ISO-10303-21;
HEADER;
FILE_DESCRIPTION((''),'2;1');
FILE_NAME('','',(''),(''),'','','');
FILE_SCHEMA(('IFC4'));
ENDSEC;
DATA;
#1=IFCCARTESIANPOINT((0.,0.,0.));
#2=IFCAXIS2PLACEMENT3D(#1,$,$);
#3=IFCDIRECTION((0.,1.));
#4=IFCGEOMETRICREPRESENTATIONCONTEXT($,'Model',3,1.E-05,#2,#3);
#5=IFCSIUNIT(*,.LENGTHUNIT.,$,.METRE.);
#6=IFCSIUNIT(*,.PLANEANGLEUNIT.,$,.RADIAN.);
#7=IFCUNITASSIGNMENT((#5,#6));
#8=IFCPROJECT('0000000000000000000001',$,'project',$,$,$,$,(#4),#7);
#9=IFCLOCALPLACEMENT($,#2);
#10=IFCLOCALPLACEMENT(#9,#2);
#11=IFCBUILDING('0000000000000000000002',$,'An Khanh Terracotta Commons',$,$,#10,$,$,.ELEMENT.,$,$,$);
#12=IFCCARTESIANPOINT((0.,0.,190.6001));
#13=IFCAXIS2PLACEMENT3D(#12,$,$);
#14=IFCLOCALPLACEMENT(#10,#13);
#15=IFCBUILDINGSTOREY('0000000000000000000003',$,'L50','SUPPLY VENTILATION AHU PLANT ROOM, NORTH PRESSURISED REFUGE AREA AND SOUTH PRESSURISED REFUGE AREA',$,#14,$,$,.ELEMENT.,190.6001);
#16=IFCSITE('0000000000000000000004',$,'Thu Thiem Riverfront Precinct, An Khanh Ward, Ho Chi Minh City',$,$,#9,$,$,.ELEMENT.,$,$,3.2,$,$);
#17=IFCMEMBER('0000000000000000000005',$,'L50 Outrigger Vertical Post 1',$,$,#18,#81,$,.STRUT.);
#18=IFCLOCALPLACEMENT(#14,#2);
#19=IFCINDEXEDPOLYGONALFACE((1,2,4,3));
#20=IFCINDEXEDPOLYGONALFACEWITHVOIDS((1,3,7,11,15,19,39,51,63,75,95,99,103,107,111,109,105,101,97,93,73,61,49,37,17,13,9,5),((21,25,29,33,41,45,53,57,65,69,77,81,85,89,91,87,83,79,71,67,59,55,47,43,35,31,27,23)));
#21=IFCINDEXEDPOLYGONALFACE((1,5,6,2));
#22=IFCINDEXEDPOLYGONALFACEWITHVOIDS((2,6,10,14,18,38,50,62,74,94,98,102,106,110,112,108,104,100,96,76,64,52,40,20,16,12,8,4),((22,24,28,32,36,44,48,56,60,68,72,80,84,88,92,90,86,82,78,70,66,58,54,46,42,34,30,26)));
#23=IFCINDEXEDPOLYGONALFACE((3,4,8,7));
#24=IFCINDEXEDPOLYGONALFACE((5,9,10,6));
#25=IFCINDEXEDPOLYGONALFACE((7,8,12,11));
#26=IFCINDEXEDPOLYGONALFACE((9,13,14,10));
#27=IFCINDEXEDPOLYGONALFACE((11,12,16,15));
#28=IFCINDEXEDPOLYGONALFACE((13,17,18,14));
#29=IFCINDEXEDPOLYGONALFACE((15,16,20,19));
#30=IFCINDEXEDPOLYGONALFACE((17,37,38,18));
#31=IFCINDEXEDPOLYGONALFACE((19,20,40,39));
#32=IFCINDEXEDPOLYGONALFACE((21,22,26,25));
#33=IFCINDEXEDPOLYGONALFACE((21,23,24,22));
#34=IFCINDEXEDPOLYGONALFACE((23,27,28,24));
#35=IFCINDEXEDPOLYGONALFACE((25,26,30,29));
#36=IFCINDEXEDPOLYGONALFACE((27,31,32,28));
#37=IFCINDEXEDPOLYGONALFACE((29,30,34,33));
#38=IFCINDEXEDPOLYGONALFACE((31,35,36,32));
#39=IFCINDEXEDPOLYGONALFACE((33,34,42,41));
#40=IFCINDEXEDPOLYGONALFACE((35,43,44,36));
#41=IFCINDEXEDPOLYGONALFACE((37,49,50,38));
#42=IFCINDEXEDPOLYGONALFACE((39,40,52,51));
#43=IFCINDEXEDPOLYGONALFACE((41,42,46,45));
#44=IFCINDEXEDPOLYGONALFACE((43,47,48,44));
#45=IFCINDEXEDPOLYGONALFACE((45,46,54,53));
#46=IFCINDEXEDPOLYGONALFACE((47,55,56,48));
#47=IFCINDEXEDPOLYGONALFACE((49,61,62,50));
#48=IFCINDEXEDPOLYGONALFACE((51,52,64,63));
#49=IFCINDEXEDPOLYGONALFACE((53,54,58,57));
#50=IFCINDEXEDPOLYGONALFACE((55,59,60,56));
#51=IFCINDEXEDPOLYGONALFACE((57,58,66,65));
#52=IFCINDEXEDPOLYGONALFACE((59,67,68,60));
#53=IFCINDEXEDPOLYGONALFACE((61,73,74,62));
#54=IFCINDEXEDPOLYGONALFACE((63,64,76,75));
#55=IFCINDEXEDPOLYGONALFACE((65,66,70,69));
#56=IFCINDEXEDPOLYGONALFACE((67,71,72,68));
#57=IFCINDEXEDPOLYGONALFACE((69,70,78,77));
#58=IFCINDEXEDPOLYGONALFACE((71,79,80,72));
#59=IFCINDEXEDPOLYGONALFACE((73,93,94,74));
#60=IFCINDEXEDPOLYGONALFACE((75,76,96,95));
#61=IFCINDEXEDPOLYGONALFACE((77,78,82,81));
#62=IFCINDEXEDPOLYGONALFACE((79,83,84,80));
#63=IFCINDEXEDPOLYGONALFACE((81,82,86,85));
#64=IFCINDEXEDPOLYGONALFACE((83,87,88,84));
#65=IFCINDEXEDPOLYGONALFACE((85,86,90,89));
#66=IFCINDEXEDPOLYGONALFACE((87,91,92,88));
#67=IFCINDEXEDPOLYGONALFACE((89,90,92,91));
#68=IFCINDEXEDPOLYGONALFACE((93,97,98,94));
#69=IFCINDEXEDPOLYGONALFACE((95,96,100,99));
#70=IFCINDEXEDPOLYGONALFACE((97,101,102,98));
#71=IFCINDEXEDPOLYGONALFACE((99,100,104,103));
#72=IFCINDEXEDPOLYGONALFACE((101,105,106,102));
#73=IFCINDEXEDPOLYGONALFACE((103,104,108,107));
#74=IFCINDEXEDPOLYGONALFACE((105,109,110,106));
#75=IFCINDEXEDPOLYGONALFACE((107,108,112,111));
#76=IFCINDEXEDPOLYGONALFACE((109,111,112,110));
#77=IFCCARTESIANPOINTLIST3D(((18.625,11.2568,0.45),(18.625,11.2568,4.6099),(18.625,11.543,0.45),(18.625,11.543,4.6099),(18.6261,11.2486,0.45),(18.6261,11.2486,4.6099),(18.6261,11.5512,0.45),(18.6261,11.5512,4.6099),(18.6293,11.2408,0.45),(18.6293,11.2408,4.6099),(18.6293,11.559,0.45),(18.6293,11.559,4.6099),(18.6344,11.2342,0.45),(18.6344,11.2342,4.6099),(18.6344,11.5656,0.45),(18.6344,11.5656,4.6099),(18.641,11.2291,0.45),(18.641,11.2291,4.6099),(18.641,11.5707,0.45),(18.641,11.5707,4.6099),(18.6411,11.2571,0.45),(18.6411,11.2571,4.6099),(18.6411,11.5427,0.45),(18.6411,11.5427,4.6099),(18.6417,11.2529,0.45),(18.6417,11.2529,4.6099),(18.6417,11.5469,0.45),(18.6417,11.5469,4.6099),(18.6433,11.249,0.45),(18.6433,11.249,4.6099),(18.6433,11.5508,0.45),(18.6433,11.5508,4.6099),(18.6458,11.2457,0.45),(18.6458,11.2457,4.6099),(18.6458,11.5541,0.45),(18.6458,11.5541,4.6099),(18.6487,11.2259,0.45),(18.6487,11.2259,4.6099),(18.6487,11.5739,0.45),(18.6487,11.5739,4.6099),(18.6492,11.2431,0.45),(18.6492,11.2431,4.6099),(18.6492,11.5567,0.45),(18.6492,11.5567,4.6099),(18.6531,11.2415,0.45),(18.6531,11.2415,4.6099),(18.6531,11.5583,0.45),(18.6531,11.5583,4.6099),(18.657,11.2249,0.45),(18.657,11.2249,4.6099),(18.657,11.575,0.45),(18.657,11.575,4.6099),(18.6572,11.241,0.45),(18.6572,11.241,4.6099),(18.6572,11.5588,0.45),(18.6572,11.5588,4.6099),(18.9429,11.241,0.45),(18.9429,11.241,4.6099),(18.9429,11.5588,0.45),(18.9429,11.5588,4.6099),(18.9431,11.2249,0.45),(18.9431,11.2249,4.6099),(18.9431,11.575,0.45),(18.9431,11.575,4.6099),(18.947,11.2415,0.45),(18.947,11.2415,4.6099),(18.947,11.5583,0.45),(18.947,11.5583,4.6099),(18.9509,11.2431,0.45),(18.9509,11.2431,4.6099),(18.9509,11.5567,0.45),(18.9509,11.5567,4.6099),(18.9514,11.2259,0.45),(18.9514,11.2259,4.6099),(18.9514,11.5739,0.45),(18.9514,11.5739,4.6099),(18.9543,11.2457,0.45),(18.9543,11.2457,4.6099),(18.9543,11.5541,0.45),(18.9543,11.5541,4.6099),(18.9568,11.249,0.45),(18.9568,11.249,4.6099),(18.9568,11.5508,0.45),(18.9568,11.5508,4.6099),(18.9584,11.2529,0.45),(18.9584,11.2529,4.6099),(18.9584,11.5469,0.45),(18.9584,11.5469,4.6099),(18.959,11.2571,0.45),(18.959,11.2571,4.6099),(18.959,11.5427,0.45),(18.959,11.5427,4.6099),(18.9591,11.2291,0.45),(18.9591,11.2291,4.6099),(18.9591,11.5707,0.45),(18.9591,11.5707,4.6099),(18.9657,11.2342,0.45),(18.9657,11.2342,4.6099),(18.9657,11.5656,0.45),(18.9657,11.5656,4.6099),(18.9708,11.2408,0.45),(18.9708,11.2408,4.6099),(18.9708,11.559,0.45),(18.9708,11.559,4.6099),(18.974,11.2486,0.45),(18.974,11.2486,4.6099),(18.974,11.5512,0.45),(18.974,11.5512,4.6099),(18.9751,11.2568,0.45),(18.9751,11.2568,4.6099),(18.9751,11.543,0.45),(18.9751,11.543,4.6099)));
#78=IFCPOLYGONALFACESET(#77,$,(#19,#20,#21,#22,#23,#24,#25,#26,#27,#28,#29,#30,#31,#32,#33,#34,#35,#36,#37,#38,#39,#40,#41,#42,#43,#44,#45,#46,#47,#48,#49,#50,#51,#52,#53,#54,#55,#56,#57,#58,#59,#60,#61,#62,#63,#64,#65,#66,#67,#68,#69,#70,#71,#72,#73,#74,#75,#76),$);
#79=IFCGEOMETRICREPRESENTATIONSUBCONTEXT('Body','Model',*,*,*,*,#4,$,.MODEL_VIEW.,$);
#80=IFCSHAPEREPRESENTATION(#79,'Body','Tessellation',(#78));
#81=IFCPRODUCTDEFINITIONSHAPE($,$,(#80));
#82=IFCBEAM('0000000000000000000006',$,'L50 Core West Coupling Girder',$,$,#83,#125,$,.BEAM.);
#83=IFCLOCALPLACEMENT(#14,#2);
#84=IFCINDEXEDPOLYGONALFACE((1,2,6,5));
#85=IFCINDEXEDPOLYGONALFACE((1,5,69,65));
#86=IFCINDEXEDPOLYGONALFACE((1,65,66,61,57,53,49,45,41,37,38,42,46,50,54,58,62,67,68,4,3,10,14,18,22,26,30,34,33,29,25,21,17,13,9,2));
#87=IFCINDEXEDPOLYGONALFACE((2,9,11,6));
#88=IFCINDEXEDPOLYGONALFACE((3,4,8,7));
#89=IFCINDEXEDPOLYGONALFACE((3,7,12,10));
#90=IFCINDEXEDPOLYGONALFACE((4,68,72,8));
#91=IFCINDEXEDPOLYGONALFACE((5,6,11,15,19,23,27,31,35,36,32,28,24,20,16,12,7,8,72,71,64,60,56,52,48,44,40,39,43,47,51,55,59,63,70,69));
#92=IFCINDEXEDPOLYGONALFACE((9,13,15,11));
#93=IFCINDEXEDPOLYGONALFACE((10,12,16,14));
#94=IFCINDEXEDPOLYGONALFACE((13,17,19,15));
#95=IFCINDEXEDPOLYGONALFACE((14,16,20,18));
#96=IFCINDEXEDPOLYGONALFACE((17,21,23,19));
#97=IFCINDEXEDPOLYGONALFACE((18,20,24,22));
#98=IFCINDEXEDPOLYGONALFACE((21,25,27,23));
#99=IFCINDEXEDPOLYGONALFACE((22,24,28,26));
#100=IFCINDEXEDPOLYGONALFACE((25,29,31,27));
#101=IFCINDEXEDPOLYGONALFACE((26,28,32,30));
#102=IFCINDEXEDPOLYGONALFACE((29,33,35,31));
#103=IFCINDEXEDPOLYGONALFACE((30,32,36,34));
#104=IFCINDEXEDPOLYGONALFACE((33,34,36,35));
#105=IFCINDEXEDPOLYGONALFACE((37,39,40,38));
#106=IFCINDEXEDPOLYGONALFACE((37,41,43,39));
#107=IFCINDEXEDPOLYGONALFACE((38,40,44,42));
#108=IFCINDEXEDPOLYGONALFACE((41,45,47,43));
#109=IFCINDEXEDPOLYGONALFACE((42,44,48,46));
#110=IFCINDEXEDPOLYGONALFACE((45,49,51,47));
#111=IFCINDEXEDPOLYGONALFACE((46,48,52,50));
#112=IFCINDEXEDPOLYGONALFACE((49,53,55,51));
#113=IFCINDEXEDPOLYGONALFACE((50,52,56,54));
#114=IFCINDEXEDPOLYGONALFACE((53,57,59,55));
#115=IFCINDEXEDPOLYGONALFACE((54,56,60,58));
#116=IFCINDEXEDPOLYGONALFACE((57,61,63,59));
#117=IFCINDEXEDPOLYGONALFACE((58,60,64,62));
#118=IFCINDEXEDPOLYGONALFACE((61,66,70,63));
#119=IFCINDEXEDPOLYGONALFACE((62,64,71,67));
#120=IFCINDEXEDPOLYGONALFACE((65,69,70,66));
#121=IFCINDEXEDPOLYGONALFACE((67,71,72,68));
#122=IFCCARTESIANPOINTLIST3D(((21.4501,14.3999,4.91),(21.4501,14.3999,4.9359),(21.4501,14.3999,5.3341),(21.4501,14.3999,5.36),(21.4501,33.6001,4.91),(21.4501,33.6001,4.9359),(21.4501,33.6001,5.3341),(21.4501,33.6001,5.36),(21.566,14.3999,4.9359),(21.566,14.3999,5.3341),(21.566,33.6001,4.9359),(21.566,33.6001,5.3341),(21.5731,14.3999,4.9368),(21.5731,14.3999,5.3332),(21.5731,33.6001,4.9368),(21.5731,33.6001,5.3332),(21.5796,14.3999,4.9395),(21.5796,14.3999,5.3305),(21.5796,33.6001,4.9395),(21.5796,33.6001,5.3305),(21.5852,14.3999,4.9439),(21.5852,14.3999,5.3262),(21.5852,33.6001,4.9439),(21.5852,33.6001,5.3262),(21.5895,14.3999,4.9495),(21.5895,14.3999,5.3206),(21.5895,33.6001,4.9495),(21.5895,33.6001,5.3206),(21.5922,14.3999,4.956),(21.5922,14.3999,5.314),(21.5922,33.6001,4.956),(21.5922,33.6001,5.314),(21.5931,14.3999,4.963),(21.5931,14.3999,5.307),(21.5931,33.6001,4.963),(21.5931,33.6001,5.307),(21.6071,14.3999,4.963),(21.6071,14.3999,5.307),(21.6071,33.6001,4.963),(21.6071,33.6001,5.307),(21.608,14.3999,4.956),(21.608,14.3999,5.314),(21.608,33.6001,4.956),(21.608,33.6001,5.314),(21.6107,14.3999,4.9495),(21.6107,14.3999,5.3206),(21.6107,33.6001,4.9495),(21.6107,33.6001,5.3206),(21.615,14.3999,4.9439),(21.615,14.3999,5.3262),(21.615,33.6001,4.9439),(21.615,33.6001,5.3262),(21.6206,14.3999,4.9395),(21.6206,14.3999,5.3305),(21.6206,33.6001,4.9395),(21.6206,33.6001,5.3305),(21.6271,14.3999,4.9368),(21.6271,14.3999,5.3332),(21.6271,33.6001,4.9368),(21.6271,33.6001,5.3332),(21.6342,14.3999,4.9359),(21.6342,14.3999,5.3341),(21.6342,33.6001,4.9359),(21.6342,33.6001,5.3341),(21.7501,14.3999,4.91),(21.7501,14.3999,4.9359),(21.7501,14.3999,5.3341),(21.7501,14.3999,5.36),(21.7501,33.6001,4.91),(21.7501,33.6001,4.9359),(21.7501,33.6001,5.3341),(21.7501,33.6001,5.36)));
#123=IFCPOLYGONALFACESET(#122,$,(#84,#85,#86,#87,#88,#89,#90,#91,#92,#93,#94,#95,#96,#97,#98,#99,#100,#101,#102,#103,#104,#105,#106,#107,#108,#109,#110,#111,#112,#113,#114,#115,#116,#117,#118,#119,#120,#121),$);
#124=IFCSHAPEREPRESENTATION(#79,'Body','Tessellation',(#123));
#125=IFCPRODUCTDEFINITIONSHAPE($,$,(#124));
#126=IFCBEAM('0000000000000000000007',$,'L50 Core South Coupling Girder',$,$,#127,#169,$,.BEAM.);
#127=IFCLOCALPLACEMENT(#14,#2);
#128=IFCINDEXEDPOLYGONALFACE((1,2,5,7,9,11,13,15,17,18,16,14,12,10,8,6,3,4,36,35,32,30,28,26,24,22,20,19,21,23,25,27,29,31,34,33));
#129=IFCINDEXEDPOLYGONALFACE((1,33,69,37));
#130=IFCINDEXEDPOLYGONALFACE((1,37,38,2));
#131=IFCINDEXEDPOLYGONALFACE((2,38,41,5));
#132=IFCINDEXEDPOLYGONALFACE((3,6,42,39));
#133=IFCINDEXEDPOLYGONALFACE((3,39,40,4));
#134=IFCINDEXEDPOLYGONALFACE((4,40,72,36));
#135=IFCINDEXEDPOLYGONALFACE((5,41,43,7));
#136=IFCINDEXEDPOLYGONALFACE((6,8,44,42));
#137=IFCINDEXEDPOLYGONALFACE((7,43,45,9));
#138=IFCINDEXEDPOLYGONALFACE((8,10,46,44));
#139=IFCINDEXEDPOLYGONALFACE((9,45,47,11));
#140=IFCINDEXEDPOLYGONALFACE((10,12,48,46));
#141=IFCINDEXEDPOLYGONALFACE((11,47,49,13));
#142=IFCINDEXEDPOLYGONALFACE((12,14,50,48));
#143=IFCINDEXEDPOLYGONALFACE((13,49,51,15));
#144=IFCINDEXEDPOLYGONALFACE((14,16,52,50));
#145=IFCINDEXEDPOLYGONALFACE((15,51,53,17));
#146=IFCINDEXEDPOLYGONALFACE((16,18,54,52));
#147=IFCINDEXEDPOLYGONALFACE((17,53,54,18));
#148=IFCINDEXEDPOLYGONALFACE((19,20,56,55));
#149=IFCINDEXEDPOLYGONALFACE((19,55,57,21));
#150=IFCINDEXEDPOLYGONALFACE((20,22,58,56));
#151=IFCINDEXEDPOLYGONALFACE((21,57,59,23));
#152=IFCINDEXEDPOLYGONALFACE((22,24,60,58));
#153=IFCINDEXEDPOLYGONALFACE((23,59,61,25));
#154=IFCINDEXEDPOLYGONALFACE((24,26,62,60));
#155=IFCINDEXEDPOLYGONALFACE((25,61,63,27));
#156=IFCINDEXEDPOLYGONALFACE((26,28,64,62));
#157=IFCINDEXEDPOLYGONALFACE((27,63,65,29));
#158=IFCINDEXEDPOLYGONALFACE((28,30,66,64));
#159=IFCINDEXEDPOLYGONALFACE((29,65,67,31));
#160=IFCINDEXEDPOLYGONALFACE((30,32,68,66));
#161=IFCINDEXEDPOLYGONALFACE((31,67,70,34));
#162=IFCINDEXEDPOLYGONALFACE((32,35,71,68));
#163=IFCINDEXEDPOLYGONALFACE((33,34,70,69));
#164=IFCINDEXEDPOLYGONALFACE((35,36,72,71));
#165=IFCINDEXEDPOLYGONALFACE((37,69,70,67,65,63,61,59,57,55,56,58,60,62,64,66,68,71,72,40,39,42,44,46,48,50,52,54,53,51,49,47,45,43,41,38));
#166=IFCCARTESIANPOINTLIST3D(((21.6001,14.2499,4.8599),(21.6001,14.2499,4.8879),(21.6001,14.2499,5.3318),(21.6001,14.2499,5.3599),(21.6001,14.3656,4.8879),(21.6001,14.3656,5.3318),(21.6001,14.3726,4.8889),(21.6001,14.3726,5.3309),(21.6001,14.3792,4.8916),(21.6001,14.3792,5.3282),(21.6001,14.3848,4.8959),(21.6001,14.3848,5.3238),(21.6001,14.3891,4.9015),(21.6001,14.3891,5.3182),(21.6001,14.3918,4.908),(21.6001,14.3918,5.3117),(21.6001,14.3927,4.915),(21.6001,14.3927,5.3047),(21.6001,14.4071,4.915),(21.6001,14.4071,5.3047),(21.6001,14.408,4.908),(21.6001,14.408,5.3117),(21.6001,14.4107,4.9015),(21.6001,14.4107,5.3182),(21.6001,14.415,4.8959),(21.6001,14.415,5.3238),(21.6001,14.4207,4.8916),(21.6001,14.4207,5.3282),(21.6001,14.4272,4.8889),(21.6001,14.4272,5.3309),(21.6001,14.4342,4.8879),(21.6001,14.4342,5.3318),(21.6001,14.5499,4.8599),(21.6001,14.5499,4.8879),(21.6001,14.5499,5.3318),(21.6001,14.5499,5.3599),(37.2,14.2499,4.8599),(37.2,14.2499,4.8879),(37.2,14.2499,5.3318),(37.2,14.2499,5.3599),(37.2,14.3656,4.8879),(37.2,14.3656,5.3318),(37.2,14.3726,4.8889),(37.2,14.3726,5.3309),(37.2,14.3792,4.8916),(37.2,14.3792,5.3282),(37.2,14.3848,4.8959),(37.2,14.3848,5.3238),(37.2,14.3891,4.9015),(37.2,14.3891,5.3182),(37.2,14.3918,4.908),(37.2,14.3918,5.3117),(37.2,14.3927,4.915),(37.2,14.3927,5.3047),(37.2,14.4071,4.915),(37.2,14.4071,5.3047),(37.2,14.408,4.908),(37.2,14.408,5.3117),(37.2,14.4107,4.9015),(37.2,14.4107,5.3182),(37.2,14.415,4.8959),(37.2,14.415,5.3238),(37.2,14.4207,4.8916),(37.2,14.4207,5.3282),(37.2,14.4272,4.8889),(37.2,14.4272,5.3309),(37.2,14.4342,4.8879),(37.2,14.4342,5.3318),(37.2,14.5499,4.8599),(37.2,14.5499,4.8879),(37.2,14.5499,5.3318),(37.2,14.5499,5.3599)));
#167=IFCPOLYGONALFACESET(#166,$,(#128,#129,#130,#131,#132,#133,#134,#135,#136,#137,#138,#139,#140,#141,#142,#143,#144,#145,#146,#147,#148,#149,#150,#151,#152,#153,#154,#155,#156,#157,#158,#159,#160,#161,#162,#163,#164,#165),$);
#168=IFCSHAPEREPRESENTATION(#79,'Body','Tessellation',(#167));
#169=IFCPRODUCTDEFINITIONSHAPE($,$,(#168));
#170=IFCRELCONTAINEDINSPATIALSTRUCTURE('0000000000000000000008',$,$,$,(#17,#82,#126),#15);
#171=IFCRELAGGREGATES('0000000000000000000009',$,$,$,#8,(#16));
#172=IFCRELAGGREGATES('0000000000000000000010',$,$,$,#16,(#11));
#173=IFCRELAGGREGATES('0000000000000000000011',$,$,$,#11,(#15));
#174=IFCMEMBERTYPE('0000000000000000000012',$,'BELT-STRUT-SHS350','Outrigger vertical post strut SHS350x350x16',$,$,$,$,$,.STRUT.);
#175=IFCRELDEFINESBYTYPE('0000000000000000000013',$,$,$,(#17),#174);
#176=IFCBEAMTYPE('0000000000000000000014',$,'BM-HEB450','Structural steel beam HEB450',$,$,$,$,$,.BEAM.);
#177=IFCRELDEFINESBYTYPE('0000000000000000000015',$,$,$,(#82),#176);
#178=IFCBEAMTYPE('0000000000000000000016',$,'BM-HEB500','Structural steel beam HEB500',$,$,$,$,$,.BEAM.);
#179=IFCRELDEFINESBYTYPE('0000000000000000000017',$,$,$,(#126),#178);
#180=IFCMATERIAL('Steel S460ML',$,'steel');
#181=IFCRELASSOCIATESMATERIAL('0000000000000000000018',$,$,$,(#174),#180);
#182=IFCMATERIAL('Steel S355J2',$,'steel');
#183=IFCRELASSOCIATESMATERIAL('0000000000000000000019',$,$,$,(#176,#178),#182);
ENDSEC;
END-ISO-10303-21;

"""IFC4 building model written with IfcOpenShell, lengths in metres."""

from ifc_helpers import new_model, si_unit, direction, frame, origin, origin_2d, place, context, subcontext, project, spatial, hollow_rectangle, i_section, extrude, material, material_profile, profile_set, type_object, element, save


model = new_model("IFC4")

# Units and contexts
model_context = context("Model", 3, precision=1e-05, world=origin(), true_north=direction((0.0, 1.0)))
body_context = subcontext(model_context, "Body", "Model", "MODEL_VIEW")
ifc_project = project(units=[si_unit("LENGTHUNIT", "METRE"), si_unit("PLANEANGLEUNIT", "RADIAN")], contexts=[model_context])

# Site, building, storey
site_placement = place(None, origin())
site = spatial("IfcSite", under=ifc_project, at=site_placement, Name="Thu Thiem Riverfront Precinct, An Khanh Ward, Ho Chi Minh City", CompositionType="ELEMENT", RefElevation=3.2)
building_placement = place(site_placement, origin())
building = spatial("IfcBuilding", under=site, at=building_placement, Name="An Khanh Terracotta Commons", CompositionType="ELEMENT")
storey_placement = place(building_placement, frame((0.0, 0.0, 190.6001)))
storey = spatial("IfcBuildingStorey", under=building, at=storey_placement, Name="L50", Description="SUPPLY VENTILATION AHU PLANT ROOM, NORTH PRESSURISED REFUGE AREA AND SOUTH PRESSURISED REFUGE AREA", CompositionType="ELEMENT", Elevation=190.6001)

# Member
ifc_material_1 = material(Name="Steel S460ML", Category="steel")
ifc_material_profile_1 = material_profile(ifc_material_1, hollow_rectangle(XDim=0.3501, YDim=0.3501, WallThickness=0.0161, InnerFilletRadius=0.0161, OuterFilletRadius=0.032, at=origin_2d()), Name="SHS350x350x16")
ifc_profile_set_1 = profile_set([ifc_material_profile_1], Name="Steel S460ML")
member_type_1 = type_object("IfcMemberType", Name="BELT-STRUT-SHS350", Description="Outrigger vertical post strut SHS350x350x16", PredefinedType="STRUT", material=ifc_profile_set_1)
member_1_placement = place(storey_placement, frame((18.8, 11.3999, 0.45), z_axis=(0.0, 0.0, 1.0), x_axis=(1.0, 0.0, 0.0)))
element("IfcMember", 1, at=member_1_placement, inside=storey, type_object=member_type_1, Name="L50 Outrigger Vertical Post 1", PredefinedType="STRUT", context=body_context, shape_type="SweptSolid", body=[
    extrude(hollow_rectangle(XDim=0.3501, YDim=0.3501, WallThickness=0.0161, InnerFilletRadius=0.0161, OuterFilletRadius=0.032, at=origin_2d()), origin(), (0.0, 0.0, 1.0), 4.1599),
])

# Beams
ifc_material_2 = material(Name="Steel S355J2", Category="steel")
ifc_material_profile_2 = material_profile(ifc_material_2, i_section(OverallWidth=0.3, OverallDepth=0.45, WebThickness=0.0139, FlangeThickness=0.0259, FilletRadius=0.0271, at=origin_2d()), Name="HEB450")
ifc_profile_set_2 = profile_set([ifc_material_profile_2], Name="Steel S355J2")
beam_type_1 = type_object("IfcBeamType", Name="BM-HEB450", Description="Structural steel beam HEB450", PredefinedType="BEAM", material=ifc_profile_set_2)
beam_1_placement = place(storey_placement, frame((21.6001, 14.3999, 5.135), z_axis=(0.0, 1.0, 0.0), x_axis=(-1.0, 0.0, 0.0)))
element("IfcBeam", 2, at=beam_1_placement, inside=storey, type_object=beam_type_1, Name="L50 Core West Coupling Girder", PredefinedType="BEAM", context=body_context, shape_type="SweptSolid", body=[
    extrude(i_section(OverallWidth=0.3, OverallDepth=0.45, WebThickness=0.0139, FlangeThickness=0.0259, FilletRadius=0.0271, at=origin_2d()), origin(), (0.0, 0.0, 1.0), 19.2002),
])
ifc_material_profile_3 = material_profile(ifc_material_2, i_section(OverallWidth=0.3, OverallDepth=0.5, WebThickness=0.0144, FlangeThickness=0.0281, FilletRadius=0.0271, at=origin_2d()), Name="HEB500")
ifc_profile_set_3 = profile_set([ifc_material_profile_3], Name="Steel S355J2")
beam_type_2 = type_object("IfcBeamType", Name="BM-HEB500", Description="Structural steel beam HEB500", PredefinedType="BEAM", material=ifc_profile_set_3)
beam_2_placement = place(storey_placement, frame((21.6001, 14.3999, 5.1099), z_axis=(1.0, 0.0, 0.0), x_axis=(0.0, 1.0, 0.0)))
element("IfcBeam", 3, at=beam_2_placement, inside=storey, type_object=beam_type_2, Name="L50 Core South Coupling Girder", PredefinedType="BEAM", context=body_context, shape_type="SweptSolid", body=[
    extrude(i_section(OverallWidth=0.3, OverallDepth=0.5, WebThickness=0.0144, FlangeThickness=0.0281, FilletRadius=0.0271, at=origin_2d()), origin(), (0.0, 0.0, 1.0), 15.5999),
])

save(model, "model.ifc")
